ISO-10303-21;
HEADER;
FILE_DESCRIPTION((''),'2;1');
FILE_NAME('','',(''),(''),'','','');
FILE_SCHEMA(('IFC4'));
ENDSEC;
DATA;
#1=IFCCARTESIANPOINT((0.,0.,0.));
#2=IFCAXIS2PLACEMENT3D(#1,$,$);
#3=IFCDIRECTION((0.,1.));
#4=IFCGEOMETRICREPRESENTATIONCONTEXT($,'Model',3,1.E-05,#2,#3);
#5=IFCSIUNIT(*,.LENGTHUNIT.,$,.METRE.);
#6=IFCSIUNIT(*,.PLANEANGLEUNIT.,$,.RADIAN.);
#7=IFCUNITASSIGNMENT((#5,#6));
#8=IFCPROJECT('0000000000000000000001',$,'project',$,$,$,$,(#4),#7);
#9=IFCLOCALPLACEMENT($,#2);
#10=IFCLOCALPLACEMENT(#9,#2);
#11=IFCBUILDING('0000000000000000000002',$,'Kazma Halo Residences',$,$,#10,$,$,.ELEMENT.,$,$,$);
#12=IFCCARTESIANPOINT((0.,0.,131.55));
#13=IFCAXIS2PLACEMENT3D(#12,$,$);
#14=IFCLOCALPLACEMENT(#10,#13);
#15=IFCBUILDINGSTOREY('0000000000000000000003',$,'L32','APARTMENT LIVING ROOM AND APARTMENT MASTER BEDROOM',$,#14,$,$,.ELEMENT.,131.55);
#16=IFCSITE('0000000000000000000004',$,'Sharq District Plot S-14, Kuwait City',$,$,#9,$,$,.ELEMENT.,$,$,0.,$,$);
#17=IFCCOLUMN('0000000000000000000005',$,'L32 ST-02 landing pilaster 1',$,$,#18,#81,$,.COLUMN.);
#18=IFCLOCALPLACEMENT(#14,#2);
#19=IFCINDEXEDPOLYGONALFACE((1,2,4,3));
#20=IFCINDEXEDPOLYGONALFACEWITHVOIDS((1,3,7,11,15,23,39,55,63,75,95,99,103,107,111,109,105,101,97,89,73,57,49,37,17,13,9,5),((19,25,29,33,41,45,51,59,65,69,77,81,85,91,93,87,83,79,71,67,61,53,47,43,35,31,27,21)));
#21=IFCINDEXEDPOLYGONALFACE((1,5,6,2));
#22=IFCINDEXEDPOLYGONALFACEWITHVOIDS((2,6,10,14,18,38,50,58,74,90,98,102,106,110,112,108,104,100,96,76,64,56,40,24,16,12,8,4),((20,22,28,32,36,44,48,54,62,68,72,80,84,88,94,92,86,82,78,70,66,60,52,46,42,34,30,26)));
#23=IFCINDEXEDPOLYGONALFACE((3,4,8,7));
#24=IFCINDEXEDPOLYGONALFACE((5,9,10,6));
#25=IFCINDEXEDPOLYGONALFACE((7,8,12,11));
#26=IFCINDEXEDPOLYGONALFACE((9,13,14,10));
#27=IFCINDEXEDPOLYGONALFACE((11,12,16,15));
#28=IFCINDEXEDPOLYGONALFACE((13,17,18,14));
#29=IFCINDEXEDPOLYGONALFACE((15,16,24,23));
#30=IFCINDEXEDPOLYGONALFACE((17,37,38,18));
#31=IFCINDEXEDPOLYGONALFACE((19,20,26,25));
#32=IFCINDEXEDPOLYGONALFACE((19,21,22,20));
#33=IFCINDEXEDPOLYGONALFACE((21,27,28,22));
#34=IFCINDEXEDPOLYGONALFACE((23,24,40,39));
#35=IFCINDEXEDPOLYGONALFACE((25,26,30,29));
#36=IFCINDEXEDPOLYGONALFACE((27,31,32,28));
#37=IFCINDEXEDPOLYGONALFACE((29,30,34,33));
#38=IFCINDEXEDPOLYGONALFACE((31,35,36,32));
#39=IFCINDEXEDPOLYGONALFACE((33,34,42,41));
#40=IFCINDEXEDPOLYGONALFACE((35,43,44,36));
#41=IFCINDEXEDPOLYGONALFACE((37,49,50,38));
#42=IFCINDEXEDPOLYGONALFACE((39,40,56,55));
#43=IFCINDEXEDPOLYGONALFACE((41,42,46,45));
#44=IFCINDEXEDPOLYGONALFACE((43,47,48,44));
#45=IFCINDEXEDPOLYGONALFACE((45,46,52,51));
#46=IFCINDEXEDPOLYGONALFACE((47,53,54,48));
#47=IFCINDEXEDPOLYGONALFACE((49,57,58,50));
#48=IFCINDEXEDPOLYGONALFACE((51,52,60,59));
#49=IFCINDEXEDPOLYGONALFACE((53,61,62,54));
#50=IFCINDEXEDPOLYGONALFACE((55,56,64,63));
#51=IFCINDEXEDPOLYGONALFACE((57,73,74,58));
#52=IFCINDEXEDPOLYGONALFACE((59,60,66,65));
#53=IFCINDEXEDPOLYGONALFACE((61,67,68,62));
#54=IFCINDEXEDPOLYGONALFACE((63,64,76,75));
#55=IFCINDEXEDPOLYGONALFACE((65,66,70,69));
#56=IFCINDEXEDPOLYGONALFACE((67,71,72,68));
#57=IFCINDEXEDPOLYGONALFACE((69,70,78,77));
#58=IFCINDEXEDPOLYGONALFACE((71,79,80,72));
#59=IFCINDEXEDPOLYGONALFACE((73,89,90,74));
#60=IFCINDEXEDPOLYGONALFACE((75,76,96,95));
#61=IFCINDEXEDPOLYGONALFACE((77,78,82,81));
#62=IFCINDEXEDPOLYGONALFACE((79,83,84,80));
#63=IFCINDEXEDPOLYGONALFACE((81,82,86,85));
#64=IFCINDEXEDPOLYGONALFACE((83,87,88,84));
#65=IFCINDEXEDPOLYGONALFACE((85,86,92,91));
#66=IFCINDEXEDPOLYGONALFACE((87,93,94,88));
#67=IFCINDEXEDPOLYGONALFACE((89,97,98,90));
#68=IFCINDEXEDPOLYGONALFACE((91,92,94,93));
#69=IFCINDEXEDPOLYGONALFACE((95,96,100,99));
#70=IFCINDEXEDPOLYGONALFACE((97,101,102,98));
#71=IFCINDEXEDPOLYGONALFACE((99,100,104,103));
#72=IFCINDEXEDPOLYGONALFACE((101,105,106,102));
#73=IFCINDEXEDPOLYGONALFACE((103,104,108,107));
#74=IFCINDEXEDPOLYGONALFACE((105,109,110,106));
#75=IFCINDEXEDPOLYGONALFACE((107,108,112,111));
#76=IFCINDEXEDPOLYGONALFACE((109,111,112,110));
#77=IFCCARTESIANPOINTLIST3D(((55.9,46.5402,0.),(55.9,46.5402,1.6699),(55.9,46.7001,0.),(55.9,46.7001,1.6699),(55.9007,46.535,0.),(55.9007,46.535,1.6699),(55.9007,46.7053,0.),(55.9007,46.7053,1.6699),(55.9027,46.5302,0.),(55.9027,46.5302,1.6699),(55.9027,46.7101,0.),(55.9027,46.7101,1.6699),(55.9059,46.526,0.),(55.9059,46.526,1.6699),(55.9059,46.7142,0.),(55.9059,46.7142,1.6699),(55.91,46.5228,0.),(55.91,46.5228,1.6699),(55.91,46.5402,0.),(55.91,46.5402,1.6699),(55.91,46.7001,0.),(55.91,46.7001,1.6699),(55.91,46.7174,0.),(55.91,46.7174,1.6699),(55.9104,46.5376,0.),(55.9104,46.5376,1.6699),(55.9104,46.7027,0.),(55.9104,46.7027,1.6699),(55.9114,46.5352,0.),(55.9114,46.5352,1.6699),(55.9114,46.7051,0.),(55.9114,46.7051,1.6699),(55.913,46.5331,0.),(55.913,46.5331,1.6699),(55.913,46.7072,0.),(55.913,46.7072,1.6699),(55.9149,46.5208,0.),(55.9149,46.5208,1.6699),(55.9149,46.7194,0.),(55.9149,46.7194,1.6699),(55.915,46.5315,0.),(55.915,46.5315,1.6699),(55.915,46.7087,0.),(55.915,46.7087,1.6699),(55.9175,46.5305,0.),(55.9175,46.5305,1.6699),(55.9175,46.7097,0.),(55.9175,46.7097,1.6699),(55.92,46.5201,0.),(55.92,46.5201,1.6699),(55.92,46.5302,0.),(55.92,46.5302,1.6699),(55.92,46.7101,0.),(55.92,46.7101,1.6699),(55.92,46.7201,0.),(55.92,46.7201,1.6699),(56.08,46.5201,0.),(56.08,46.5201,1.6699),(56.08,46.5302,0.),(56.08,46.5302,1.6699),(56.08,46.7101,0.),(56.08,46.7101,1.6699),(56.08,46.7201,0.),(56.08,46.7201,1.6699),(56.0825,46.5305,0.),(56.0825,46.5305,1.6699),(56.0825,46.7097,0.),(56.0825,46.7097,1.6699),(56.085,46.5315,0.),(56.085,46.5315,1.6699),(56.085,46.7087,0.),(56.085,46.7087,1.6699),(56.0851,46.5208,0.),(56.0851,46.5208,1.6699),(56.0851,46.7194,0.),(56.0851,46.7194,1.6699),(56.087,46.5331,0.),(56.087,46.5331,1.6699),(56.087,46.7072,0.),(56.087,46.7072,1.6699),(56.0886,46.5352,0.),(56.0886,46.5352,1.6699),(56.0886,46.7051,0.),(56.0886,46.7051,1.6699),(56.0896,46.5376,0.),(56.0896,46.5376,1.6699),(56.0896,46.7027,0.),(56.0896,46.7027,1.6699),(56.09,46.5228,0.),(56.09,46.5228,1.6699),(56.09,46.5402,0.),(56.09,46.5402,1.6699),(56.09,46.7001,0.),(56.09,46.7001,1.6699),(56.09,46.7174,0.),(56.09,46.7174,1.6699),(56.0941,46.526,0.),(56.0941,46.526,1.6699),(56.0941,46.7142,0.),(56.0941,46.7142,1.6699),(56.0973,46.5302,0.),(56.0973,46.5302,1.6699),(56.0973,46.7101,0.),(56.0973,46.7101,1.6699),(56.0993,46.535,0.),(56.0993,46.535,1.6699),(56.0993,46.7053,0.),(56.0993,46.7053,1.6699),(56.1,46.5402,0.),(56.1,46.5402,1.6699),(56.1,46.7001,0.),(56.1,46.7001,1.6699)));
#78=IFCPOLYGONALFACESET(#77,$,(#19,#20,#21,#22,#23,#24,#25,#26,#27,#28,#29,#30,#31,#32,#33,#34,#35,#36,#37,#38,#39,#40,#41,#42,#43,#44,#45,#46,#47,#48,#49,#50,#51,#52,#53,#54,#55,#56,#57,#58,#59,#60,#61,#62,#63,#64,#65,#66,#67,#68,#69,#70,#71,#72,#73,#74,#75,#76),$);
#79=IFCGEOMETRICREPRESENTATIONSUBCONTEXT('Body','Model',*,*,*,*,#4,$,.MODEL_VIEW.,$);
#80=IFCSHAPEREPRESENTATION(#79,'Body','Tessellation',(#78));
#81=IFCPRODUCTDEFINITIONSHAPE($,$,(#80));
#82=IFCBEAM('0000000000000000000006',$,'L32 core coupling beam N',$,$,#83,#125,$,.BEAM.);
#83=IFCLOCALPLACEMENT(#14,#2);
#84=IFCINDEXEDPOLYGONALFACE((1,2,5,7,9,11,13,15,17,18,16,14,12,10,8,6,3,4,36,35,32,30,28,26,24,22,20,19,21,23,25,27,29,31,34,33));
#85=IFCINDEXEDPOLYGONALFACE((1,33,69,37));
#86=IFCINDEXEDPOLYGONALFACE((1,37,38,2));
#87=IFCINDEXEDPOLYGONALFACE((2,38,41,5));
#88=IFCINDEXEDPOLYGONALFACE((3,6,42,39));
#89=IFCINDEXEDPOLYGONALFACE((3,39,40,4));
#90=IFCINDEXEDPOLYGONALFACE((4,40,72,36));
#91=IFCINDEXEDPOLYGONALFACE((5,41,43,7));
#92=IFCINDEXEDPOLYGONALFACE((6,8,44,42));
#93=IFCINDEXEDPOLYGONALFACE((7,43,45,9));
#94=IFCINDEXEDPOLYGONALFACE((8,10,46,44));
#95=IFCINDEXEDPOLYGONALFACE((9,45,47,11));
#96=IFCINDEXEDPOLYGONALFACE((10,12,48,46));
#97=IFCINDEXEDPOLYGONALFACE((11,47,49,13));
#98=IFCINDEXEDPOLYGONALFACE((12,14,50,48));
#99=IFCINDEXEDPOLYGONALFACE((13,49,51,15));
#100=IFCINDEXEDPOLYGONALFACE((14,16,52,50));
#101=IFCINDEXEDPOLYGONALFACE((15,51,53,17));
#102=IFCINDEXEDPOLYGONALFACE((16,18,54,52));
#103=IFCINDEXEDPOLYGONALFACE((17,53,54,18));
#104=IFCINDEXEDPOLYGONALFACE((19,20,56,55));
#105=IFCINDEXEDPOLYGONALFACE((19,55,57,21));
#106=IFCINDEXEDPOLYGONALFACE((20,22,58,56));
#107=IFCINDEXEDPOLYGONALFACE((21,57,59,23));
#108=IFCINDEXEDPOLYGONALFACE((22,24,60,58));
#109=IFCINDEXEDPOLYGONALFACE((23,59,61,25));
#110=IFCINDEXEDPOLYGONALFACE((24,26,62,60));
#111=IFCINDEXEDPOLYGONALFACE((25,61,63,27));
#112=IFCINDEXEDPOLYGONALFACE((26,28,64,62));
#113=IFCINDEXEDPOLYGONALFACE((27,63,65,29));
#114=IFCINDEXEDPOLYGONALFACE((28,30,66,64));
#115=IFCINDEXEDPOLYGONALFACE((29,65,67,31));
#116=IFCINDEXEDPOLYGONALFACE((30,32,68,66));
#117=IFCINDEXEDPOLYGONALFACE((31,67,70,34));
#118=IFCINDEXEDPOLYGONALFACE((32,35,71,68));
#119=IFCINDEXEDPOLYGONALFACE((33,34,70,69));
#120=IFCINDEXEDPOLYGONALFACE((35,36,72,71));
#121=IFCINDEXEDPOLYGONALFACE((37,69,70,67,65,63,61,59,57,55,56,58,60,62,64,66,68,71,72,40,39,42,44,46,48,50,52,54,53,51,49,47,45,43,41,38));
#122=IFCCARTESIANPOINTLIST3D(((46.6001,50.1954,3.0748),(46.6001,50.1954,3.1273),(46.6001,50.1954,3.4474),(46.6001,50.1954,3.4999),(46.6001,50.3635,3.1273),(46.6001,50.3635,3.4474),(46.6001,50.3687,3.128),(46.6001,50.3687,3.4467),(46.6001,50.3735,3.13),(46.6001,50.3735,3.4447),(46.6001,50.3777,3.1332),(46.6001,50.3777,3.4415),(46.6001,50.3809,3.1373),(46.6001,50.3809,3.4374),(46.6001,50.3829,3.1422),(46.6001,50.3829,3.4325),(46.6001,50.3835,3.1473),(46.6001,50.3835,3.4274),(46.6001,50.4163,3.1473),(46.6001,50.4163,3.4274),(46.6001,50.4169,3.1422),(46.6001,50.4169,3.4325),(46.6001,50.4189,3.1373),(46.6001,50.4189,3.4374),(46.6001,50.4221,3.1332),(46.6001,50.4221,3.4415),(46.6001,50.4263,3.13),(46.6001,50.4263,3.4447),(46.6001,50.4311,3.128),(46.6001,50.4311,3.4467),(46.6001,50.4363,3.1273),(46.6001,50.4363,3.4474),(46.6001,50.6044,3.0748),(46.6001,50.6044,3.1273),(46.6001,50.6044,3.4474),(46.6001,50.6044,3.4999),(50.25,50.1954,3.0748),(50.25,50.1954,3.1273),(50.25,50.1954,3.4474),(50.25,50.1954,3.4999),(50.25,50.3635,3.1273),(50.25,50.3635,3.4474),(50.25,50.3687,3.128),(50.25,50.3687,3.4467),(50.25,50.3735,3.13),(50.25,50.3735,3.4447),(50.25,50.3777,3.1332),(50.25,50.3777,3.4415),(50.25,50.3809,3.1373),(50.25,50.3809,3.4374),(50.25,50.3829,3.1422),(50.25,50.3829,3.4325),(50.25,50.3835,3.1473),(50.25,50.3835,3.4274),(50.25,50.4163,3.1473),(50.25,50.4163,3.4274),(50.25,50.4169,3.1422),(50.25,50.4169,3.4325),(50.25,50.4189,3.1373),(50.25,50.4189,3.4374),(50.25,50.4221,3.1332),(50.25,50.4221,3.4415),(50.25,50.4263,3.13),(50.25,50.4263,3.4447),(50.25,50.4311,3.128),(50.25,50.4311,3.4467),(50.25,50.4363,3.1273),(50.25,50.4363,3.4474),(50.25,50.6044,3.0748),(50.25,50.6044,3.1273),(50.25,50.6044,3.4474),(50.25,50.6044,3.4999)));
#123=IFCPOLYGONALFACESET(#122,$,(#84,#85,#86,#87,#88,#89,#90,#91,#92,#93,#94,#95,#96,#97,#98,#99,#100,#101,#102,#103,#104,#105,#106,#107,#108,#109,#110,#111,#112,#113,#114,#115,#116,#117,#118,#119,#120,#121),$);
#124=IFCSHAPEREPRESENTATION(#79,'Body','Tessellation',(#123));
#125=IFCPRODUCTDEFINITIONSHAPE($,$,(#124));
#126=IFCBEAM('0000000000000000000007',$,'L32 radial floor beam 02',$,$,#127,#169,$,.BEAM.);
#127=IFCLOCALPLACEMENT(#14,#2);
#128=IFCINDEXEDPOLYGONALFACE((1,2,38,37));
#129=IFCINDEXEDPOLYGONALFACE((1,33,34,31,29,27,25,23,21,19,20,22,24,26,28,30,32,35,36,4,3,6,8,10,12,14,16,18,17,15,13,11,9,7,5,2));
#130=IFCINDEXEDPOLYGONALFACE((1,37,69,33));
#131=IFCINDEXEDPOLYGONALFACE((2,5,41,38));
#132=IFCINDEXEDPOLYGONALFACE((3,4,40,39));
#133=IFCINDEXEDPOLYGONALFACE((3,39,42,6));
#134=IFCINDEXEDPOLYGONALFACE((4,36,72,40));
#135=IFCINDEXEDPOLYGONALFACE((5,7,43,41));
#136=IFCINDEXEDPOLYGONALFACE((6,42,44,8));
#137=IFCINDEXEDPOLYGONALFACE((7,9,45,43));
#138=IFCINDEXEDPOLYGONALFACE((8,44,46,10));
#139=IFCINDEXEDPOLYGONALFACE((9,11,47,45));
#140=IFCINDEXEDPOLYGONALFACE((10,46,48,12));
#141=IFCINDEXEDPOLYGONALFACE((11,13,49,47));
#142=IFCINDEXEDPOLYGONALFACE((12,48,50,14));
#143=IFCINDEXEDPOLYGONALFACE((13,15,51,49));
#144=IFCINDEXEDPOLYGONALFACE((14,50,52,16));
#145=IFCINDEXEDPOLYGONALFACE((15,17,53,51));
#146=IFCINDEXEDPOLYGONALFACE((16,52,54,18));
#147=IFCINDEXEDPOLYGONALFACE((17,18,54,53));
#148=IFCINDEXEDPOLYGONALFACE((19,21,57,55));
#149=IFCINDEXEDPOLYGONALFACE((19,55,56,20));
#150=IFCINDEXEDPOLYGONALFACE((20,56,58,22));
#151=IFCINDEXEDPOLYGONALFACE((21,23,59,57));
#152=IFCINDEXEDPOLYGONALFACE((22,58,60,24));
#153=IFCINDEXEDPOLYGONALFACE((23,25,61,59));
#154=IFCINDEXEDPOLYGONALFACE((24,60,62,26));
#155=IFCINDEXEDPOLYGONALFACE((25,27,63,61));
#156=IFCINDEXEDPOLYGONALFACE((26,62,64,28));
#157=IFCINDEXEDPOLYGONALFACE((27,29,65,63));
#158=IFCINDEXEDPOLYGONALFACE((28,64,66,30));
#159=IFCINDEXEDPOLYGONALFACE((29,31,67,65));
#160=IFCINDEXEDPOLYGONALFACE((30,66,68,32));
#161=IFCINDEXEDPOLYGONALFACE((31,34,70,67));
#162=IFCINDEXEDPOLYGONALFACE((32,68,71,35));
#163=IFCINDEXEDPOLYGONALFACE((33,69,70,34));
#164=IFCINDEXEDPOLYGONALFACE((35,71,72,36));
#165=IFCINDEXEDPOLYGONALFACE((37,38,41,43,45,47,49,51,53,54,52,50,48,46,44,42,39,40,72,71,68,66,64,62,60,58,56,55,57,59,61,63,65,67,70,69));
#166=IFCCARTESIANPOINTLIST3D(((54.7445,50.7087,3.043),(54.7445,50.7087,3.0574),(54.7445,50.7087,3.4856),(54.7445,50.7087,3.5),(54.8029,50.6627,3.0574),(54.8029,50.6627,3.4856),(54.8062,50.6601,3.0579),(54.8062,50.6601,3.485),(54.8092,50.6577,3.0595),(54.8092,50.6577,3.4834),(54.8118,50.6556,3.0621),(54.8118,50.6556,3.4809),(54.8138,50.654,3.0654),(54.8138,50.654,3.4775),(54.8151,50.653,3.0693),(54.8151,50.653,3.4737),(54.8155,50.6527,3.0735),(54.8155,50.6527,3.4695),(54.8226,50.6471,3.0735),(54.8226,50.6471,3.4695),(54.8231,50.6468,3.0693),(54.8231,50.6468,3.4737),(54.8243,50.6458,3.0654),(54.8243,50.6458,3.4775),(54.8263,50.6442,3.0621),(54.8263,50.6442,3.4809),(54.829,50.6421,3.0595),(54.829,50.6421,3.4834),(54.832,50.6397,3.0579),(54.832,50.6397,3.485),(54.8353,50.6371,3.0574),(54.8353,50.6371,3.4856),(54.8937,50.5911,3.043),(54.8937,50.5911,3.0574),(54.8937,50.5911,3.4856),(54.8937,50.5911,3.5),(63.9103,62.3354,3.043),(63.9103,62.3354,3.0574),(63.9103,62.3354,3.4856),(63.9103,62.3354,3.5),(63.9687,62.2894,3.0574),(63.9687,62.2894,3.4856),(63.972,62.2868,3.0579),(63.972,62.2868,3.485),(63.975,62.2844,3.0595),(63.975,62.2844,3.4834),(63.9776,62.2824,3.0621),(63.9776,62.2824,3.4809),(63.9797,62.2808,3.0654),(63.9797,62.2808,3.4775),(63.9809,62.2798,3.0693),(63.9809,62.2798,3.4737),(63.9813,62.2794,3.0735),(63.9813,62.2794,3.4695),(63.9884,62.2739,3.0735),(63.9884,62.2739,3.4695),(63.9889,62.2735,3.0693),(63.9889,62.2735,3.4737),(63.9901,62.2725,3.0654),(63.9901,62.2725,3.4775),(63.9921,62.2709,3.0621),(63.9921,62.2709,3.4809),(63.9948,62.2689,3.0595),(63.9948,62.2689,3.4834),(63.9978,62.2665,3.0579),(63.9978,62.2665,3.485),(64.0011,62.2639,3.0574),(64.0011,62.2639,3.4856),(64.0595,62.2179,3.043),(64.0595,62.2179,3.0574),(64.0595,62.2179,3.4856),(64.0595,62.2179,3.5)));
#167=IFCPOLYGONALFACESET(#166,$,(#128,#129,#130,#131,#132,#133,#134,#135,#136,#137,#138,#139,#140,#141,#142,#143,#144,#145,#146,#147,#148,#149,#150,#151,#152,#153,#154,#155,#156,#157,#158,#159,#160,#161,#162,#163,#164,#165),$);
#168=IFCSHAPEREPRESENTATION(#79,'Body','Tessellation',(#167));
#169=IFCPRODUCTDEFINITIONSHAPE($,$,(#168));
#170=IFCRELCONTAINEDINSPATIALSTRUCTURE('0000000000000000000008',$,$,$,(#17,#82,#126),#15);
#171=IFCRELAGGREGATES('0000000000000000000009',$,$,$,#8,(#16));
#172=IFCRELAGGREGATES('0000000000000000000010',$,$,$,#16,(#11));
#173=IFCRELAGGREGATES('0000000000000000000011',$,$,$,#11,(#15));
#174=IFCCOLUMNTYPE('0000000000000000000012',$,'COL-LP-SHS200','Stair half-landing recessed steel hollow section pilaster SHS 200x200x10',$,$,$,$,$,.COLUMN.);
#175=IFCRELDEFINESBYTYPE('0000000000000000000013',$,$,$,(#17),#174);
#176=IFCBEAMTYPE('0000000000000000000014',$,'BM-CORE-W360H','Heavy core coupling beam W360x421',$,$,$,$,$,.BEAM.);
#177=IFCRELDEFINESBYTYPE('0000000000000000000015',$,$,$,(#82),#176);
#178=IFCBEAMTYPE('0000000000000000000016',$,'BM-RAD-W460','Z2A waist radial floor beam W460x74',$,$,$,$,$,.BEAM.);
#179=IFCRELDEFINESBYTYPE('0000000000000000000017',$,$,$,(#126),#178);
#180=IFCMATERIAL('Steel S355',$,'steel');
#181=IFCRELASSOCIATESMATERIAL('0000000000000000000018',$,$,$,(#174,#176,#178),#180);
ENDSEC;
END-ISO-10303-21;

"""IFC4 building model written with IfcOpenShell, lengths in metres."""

from ifc_helpers import new_model, si_unit, direction, frame, origin, origin_2d, place, context, subcontext, project, spatial, hollow_rectangle, i_section, extrude, material, material_profile, profile_set, type_object, element, save


model = new_model("IFC4")

# Units and contexts
model_context = context("Model", 3, precision=1e-05, world=origin(), true_north=direction((0.0, 1.0)))
body_context = subcontext(model_context, "Body", "Model", "MODEL_VIEW")
ifc_project = project(units=[si_unit("LENGTHUNIT", "METRE"), si_unit("PLANEANGLEUNIT", "RADIAN")], contexts=[model_context])

# Site, building, storey
site_placement = place(None, origin())
site = spatial("IfcSite", under=ifc_project, at=site_placement, Name="Sharq District Plot S-14, Kuwait City", CompositionType="ELEMENT", RefElevation=0.0)
building_placement = place(site_placement, origin())
building = spatial("IfcBuilding", under=site, at=building_placement, Name="Kazma Halo Residences", CompositionType="ELEMENT")
storey_placement = place(building_placement, frame((0.0, 0.0, 131.55)))
storey = spatial("IfcBuildingStorey", under=building, at=storey_placement, Name="L32", Description="APARTMENT LIVING ROOM AND APARTMENT MASTER BEDROOM", CompositionType="ELEMENT", Elevation=131.55)

# Column
ifc_material_1 = material(Name="Steel S355", Category="steel")
ifc_material_profile_1 = material_profile(ifc_material_1, hollow_rectangle(XDim=0.2, YDim=0.2, WallThickness=0.01, InnerFilletRadius=0.01, OuterFilletRadius=0.02, at=origin_2d()), Name="SHS200x200x10")
ifc_profile_set_1 = profile_set([ifc_material_profile_1], Name="Steel S355")
column_type = type_object("IfcColumnType", Name="COL-LP-SHS200", Description="Stair half-landing recessed steel hollow section pilaster SHS 200x200x10", PredefinedType="COLUMN", material=ifc_profile_set_1)
column_placement = place(storey_placement, frame((56.0, 46.6201, 0.0), z_axis=(0.0, 0.0, 1.0), x_axis=(1.0, 0.0, 0.0)))
element("IfcColumn", 1, at=column_placement, inside=storey, type_object=column_type, Name="L32 ST-02 landing pilaster 1", PredefinedType="COLUMN", context=body_context, shape_type="SweptSolid", body=[
    extrude(hollow_rectangle(XDim=0.2, YDim=0.2, WallThickness=0.01, InnerFilletRadius=0.01, OuterFilletRadius=0.02, at=origin_2d()), origin(), (0.0, 0.0, 1.0), 1.6699),
])

# Beams
ifc_material_profile_2 = material_profile(ifc_material_1, i_section(OverallWidth=0.4089, OverallDepth=0.425, WebThickness=0.0327, FlangeThickness=0.0525, FilletRadius=0.02, at=origin_2d()), Name="W360x421")
ifc_profile_set_2 = profile_set([ifc_material_profile_2], Name="Steel S355")
beam_type_1 = type_object("IfcBeamType", Name="BM-CORE-W360H", Description="Heavy core coupling beam W360x421", PredefinedType="BEAM", material=ifc_profile_set_2)
beam_1_placement = place(storey_placement, frame((46.6001, 50.3999, 3.2874), z_axis=(1.0, 0.0, 0.0), x_axis=(0.0, 1.0, 0.0)))
element("IfcBeam", 2, at=beam_1_placement, inside=storey, type_object=beam_type_1, Name="L32 core coupling beam N", PredefinedType="BEAM", context=body_context, shape_type="SweptSolid", body=[
    extrude(i_section(OverallWidth=0.4089, OverallDepth=0.425, WebThickness=0.0327, FlangeThickness=0.0525, FilletRadius=0.02, at=origin_2d()), origin(), (0.0, 0.0, 1.0), 3.6499),
])
ifc_material_profile_3 = material_profile(ifc_material_1, i_section(OverallWidth=0.1899, OverallDepth=0.457, WebThickness=0.009, FlangeThickness=0.0144, FilletRadius=0.0161, at=origin_2d()), Name="W460x74")
ifc_profile_set_3 = profile_set([ifc_material_profile_3], Name="Steel S355")
beam_type_2 = type_object("IfcBeamType", Name="BM-RAD-W460", Description="Z2A waist radial floor beam W460x74", PredefinedType="BEAM", material=ifc_profile_set_3)
beam_2_placement = place(storey_placement, frame((54.8191, 50.6499, 3.2715), z_axis=(0.619094, 0.785316, 0.0), x_axis=(-0.785316, 0.619094, 0.0)))
element("IfcBeam", 3, at=beam_2_placement, inside=storey, type_object=beam_type_2, Name="L32 radial floor beam 02", PredefinedType="BEAM", context=body_context, shape_type="SweptSolid", body=[
    extrude(i_section(OverallWidth=0.1899, OverallDepth=0.457, WebThickness=0.009, FlangeThickness=0.0144, FilletRadius=0.0161, at=origin_2d()), origin(), (0.0, 0.0, 1.0), 14.8052),
])

save(model, "model.ifc")
